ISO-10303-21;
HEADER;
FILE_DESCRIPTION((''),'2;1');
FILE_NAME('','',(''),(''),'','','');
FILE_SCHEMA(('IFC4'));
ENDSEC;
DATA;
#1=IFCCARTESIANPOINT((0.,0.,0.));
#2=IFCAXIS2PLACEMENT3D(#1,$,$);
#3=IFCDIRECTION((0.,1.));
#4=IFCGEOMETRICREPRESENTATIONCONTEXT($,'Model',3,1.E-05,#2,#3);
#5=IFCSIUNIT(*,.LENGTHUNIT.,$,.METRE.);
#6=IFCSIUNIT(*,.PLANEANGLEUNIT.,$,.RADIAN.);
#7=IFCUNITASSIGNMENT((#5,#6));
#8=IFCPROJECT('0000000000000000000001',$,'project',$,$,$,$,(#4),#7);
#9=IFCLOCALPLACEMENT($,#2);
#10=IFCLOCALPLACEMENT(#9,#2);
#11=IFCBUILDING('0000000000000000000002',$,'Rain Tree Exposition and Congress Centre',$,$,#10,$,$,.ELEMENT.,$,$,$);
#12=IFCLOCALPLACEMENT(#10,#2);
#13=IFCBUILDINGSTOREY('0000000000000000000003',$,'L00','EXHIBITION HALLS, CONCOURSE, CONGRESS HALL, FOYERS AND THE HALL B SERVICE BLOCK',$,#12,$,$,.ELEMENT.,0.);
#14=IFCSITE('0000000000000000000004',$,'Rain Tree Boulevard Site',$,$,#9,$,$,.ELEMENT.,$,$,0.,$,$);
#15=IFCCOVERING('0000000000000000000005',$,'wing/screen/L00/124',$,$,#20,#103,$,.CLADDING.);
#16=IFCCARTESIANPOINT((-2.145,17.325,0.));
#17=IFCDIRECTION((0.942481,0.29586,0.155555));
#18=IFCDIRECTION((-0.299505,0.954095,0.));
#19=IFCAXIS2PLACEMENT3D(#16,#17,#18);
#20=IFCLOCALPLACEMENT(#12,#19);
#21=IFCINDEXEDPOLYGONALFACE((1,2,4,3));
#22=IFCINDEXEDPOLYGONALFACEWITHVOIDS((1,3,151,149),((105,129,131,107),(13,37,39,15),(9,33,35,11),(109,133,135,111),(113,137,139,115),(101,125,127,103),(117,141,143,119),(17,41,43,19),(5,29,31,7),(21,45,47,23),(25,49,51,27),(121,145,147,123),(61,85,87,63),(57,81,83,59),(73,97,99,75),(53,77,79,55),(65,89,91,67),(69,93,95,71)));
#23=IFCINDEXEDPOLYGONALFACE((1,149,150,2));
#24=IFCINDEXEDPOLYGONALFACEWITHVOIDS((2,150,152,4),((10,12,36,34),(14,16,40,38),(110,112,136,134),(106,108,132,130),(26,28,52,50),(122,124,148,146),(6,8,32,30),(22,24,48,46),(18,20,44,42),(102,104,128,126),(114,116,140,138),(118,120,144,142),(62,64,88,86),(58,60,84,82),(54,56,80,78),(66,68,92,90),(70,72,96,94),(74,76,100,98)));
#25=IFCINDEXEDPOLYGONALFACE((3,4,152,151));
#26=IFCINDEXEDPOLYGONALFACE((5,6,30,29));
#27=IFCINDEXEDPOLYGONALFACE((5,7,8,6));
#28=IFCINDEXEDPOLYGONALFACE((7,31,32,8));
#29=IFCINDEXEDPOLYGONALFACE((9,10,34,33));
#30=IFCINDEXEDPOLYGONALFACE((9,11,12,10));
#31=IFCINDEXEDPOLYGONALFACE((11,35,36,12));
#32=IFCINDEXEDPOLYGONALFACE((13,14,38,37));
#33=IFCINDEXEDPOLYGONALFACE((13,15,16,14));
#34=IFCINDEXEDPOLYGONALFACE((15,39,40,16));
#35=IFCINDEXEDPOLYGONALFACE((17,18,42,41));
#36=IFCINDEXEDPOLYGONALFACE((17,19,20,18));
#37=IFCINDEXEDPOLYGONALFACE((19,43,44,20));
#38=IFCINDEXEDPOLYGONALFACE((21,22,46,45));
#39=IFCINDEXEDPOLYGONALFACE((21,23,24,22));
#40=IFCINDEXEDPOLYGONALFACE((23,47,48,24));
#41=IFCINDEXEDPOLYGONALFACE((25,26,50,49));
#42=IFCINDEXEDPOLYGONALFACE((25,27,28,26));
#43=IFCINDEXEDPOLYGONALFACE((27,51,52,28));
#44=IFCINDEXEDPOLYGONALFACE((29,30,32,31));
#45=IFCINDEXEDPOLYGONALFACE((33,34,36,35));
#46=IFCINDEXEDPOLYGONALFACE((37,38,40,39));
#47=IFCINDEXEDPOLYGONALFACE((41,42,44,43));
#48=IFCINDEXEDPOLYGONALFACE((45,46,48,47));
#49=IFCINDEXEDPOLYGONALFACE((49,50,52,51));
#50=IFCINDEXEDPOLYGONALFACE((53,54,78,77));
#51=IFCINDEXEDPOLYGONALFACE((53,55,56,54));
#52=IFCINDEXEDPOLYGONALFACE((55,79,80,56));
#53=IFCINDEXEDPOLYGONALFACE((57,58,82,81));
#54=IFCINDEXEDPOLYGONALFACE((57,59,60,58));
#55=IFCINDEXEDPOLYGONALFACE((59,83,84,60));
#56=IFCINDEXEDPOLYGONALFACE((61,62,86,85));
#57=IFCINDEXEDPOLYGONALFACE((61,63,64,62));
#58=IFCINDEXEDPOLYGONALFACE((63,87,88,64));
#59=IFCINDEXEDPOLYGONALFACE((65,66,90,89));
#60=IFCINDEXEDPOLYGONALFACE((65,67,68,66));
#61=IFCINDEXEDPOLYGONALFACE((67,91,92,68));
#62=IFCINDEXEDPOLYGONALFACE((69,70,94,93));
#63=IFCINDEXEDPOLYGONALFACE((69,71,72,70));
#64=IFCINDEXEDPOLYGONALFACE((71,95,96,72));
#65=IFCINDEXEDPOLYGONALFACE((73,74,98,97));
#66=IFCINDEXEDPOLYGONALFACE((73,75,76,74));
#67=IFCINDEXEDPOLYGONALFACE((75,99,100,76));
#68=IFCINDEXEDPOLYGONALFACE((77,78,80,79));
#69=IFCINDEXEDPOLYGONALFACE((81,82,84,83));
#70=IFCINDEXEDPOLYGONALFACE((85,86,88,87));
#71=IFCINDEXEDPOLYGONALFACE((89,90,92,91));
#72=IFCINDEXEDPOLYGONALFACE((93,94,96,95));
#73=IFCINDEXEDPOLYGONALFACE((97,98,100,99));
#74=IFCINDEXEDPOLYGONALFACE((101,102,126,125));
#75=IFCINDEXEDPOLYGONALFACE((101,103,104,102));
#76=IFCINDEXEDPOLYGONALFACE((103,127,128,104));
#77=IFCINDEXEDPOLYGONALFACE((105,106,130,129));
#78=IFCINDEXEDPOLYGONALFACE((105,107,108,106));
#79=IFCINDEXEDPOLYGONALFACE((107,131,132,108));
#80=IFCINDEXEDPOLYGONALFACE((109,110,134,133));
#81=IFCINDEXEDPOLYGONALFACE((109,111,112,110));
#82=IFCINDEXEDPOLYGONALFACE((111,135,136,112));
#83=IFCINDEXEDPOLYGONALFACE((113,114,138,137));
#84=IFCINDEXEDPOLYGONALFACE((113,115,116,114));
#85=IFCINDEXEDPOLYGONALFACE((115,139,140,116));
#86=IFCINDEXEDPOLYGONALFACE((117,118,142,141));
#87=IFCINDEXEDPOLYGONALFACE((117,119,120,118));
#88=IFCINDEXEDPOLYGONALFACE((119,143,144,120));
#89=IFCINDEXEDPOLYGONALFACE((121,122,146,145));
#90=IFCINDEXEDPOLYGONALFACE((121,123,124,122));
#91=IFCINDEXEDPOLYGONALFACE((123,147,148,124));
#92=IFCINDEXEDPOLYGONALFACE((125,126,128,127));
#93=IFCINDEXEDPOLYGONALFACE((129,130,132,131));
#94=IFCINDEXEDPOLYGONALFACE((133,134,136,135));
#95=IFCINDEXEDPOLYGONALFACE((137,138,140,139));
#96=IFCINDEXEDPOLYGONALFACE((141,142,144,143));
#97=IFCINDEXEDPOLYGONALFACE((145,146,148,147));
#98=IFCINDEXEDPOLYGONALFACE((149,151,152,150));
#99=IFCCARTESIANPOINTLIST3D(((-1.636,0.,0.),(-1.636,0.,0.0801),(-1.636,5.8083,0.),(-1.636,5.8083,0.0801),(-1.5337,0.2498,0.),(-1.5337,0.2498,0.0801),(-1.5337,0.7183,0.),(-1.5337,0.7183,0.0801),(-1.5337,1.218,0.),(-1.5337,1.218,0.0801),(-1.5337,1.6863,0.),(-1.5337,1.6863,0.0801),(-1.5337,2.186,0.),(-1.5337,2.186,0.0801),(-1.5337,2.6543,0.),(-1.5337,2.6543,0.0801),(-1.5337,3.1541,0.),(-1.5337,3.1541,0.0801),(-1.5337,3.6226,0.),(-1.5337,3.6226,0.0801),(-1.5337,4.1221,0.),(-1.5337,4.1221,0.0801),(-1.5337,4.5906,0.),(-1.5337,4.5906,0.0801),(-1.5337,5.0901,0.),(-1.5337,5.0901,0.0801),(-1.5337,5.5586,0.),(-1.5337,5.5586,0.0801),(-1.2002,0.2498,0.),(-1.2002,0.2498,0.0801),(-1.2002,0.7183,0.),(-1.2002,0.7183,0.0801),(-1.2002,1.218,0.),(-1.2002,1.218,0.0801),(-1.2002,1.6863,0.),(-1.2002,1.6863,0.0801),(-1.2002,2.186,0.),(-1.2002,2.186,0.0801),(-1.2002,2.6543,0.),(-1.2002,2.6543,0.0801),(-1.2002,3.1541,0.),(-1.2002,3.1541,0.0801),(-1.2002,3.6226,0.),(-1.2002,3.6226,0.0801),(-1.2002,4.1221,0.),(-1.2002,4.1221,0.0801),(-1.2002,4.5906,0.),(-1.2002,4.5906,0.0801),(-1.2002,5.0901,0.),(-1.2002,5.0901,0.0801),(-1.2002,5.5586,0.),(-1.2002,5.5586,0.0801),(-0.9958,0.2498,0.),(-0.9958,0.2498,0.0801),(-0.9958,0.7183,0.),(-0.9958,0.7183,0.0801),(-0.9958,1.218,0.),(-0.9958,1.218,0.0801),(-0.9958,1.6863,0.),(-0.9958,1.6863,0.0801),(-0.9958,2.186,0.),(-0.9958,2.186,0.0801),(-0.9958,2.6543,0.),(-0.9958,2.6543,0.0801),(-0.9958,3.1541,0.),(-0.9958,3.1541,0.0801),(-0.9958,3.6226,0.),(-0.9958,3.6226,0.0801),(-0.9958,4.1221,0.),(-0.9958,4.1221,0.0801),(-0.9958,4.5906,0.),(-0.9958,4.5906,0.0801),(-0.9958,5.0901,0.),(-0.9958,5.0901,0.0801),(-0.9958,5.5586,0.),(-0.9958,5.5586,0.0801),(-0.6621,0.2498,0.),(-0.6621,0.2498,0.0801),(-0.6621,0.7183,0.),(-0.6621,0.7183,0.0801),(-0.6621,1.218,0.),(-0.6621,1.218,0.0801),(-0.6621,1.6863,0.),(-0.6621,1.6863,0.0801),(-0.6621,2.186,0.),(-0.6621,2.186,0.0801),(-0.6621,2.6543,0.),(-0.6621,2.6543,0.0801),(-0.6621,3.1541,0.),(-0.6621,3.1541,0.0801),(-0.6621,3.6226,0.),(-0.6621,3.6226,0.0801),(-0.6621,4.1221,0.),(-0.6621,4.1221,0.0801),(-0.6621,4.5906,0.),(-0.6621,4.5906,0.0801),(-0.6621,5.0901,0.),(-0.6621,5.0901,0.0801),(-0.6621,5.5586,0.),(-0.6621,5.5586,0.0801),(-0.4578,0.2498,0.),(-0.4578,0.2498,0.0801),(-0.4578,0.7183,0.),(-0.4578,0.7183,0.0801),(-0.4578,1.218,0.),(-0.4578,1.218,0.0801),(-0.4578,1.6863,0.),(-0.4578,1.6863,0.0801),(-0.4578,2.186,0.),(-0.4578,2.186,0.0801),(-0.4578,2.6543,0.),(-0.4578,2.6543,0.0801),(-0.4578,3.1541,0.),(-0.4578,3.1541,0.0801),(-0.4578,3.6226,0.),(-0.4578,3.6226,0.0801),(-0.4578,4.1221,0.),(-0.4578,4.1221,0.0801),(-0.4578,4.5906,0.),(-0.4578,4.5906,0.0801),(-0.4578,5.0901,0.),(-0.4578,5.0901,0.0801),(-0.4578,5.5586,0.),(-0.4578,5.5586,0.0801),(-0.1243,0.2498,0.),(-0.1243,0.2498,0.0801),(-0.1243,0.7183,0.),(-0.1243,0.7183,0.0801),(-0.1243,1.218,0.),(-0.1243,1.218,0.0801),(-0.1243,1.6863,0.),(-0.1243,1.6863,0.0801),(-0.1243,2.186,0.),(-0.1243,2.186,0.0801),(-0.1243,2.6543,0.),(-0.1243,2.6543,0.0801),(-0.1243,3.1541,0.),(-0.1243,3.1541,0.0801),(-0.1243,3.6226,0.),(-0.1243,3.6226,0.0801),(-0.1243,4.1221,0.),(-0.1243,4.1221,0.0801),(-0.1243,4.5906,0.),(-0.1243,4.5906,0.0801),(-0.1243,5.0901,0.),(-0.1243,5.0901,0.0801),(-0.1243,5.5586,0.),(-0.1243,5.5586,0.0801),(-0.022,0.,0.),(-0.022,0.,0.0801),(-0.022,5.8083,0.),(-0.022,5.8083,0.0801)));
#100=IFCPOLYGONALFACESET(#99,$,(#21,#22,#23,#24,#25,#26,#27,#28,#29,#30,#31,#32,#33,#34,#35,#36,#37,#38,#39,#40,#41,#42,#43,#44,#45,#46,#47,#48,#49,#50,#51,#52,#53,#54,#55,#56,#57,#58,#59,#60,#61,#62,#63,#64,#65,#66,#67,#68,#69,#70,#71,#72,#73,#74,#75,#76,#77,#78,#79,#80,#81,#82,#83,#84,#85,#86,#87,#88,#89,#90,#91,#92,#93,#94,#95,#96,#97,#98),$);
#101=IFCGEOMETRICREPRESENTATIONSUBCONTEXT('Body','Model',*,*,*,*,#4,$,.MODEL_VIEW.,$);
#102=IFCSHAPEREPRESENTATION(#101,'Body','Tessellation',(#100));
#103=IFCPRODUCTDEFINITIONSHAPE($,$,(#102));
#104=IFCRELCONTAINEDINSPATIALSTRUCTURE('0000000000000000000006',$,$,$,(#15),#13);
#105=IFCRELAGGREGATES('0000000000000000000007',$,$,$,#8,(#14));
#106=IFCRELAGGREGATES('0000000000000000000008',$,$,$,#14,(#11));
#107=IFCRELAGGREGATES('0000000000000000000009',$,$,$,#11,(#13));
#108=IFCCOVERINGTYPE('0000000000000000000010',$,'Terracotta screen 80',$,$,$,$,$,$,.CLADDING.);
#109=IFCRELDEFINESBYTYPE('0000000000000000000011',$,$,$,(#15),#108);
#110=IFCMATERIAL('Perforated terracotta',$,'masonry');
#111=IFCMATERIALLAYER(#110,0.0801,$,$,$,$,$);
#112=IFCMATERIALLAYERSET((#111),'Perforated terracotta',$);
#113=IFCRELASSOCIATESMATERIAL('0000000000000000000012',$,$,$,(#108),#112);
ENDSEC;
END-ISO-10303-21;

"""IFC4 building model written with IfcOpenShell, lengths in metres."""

from ifc_helpers import new_model, si_unit, direction, frame, origin, place, context, subcontext, project, spatial, polyline, outline, extrude, material, layer, layer_set, type_object, element, save


model = new_model("IFC4")

# Units and contexts
model_context = context("Model", 3, precision=1e-05, world=origin(), true_north=direction((0.0, 1.0)))
body_context = subcontext(model_context, "Body", "Model", "MODEL_VIEW")
ifc_project = project(units=[si_unit("LENGTHUNIT", "METRE"), si_unit("PLANEANGLEUNIT", "RADIAN")], contexts=[model_context])

# Site, building, storey
site_placement = place(None, origin())
site = spatial("IfcSite", under=ifc_project, at=site_placement, Name="Rain Tree Boulevard Site", CompositionType="ELEMENT", RefElevation=0.0)
building_placement = place(site_placement, origin())
building = spatial("IfcBuilding", under=site, at=building_placement, Name="Rain Tree Exposition and Congress Centre", CompositionType="ELEMENT")
storey_placement = place(building_placement, origin())
storey = spatial("IfcBuildingStorey", under=building, at=storey_placement, Name="L00", Description="EXHIBITION HALLS, CONCOURSE, CONGRESS HALL, FOYERS AND THE HALL B SERVICE BLOCK", CompositionType="ELEMENT", Elevation=0.0)

# Covering
ifc_material_1 = material(Name="Perforated terracotta", Category="masonry")
ifc_layer_1 = layer(ifc_material_1, 0.0801)
ifc_layer_set_1 = layer_set([ifc_layer_1], Name="Perforated terracotta")
covering_type = type_object("IfcCoveringType", Name="Terracotta screen 80", PredefinedType="CLADDING", material=ifc_layer_set_1)
covering_1_placement = place(storey_placement, frame((-2.145, 17.325, 0.0), z_axis=(0.942481, 0.29586, 0.155555), x_axis=(-0.299505, 0.954095, 0.0)))
element("IfcCovering", 1, at=covering_1_placement, inside=storey, type_object=covering_type, Name="wing/screen/L00/124", PredefinedType="CLADDING", context=body_context, shape_type="SweptSolid", body=[
    extrude(outline(polyline([(-1.636, 0.0), (-1.636, 5.8083), (-0.022, 5.8083), (-0.022, 0.0), (-1.636, 0.0)]), holes=[polyline([(-0.1243, 0.2498), (-0.1243, 0.7183), (-0.4578, 0.7183), (-0.4578, 0.2498), (-0.1243, 0.2498)]), polyline([(-0.1243, 1.218), (-0.1243, 1.6863), (-0.4578, 1.6863), (-0.4578, 1.218), (-0.1243, 1.218)]), polyline([(-0.1243, 2.186), (-0.1243, 2.6543), (-0.4578, 2.6543), (-0.4578, 2.186), (-0.1243, 2.186)]), polyline([(-0.1243, 3.1541), (-0.1243, 3.6226), (-0.4578, 3.6226), (-0.4578, 3.1541), (-0.1243, 3.1541)]), polyline([(-0.1243, 4.1221), (-0.1243, 4.5906), (-0.4578, 4.5906), (-0.4578, 4.1221), (-0.1243, 4.1221)]), polyline([(-0.1243, 5.0901), (-0.1243, 5.5586), (-0.4578, 5.5586), (-0.4578, 5.0901), (-0.1243, 5.0901)]), polyline([(-0.6621, 0.2498), (-0.6621, 0.7183), (-0.9958, 0.7183), (-0.9958, 0.2498), (-0.6621, 0.2498)]), polyline([(-0.6621, 1.218), (-0.6621, 1.6863), (-0.9958, 1.6863), (-0.9958, 1.218), (-0.6621, 1.218)]), polyline([(-0.6621, 2.186), (-0.6621, 2.6543), (-0.9958, 2.6543), (-0.9958, 2.186), (-0.6621, 2.186)]), polyline([(-0.6621, 3.1541), (-0.6621, 3.6226), (-0.9958, 3.6226), (-0.9958, 3.1541), (-0.6621, 3.1541)]), polyline([(-0.6621, 4.1221), (-0.6621, 4.5906), (-0.9958, 4.5906), (-0.9958, 4.1221), (-0.6621, 4.1221)]), polyline([(-0.6621, 5.0901), (-0.6621, 5.5586), (-0.9958, 5.5586), (-0.9958, 5.0901), (-0.6621, 5.0901)]), polyline([(-1.2002, 0.2498), (-1.2002, 0.7183), (-1.5337, 0.7183), (-1.5337, 0.2498), (-1.2002, 0.2498)]), polyline([(-1.2002, 1.218), (-1.2002, 1.6863), (-1.5337, 1.6863), (-1.5337, 1.218), (-1.2002, 1.218)]), polyline([(-1.2002, 2.186), (-1.2002, 2.6543), (-1.5337, 2.6543), (-1.5337, 2.186), (-1.2002, 2.186)]), polyline([(-1.2002, 3.1541), (-1.2002, 3.6226), (-1.5337, 3.6226), (-1.5337, 3.1541), (-1.2002, 3.1541)]), polyline([(-1.2002, 4.1221), (-1.2002, 4.5906), (-1.5337, 4.5906), (-1.5337, 4.1221), (-1.2002, 4.1221)]), polyline([(-1.2002, 5.0901), (-1.2002, 5.5586), (-1.5337, 5.5586), (-1.5337, 5.0901), (-1.2002, 5.0901)])]), origin(), (0.0, 0.0, 1.0), 0.0801),
])

save(model, "model.ifc")
